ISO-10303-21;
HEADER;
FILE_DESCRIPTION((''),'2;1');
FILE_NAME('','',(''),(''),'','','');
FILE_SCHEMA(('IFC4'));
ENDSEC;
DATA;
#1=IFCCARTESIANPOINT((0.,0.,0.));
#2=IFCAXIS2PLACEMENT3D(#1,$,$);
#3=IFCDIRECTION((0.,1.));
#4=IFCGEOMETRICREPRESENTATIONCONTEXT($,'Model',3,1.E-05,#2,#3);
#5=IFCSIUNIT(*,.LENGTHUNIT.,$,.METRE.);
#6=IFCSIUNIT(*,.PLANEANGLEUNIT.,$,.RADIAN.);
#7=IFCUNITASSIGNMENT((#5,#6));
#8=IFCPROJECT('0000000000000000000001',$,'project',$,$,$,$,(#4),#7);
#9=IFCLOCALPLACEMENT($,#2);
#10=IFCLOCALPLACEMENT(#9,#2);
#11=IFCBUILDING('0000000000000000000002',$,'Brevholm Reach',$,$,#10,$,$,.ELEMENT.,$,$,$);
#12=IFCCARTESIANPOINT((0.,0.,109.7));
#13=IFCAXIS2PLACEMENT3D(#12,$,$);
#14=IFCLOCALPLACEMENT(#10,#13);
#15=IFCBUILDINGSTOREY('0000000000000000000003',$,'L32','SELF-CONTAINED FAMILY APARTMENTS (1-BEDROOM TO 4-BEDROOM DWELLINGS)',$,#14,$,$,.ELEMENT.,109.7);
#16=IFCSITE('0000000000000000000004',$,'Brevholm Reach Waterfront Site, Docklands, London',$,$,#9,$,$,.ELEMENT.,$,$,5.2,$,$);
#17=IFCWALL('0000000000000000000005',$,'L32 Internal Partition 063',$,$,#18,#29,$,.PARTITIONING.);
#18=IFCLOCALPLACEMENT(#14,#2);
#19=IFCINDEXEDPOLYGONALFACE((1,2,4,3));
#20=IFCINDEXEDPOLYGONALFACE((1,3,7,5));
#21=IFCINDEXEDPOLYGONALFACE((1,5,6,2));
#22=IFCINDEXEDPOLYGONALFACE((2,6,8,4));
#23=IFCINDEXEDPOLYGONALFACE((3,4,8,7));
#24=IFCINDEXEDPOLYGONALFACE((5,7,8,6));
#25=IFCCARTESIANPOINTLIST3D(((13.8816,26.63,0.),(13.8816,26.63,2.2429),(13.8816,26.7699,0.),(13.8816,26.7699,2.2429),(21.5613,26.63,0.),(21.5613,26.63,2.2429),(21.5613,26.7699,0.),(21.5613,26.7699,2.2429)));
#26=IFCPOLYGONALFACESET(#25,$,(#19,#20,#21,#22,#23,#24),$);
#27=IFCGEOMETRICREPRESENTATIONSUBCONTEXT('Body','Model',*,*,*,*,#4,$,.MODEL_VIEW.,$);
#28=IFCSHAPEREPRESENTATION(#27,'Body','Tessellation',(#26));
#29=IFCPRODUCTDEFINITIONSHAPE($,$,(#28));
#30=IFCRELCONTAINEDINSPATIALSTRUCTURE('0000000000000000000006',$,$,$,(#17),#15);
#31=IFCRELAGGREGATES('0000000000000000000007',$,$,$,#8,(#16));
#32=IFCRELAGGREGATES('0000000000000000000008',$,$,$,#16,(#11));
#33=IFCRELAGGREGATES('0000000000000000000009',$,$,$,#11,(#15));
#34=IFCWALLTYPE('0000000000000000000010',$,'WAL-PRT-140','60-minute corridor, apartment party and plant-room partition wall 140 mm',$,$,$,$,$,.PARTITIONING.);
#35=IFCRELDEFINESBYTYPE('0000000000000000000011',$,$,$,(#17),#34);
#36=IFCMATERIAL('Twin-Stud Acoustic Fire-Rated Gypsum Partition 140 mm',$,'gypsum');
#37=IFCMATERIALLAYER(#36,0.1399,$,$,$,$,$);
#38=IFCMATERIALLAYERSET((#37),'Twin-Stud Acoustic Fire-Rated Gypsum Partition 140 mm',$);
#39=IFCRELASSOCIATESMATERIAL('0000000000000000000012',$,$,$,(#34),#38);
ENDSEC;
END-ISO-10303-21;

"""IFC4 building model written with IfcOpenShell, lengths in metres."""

from ifc_helpers import new_model, si_unit, direction, frame, frame_2d, origin, place, context, subcontext, project, spatial, rectangle, extrude, material, layer, layer_set, type_object, element, save


model = new_model("IFC4")

# Units and contexts
model_context = context("Model", 3, precision=1e-05, world=origin(), true_north=direction((0.0, 1.0)))
body_context = subcontext(model_context, "Body", "Model", "MODEL_VIEW")
ifc_project = project(units=[si_unit("LENGTHUNIT", "METRE"), si_unit("PLANEANGLEUNIT", "RADIAN")], contexts=[model_context])

# Site, building, storey
site_placement = place(None, origin())
site = spatial("IfcSite", under=ifc_project, at=site_placement, Name="Brevholm Reach Waterfront Site, Docklands, London", CompositionType="ELEMENT", RefElevation=5.2)
building_placement = place(site_placement, origin())
building = spatial("IfcBuilding", under=site, at=building_placement, Name="Brevholm Reach", CompositionType="ELEMENT")
storey_placement = place(building_placement, frame((0.0, 0.0, 109.7)))
storey = spatial("IfcBuildingStorey", under=building, at=storey_placement, Name="L32", Description="SELF-CONTAINED FAMILY APARTMENTS (1-BEDROOM TO 4-BEDROOM DWELLINGS)", CompositionType="ELEMENT", Elevation=109.7)

# Shared definitions
ifc_material_1 = material(Name="Twin-Stud Acoustic Fire-Rated Gypsum Partition 140 mm", Category="gypsum")
ifc_layer_1 = layer(ifc_material_1, 0.1399)
ifc_layer_set_1 = layer_set([ifc_layer_1], Name="Twin-Stud Acoustic Fire-Rated Gypsum Partition 140 mm")
wall_type_1 = type_object("IfcWallType", Name="WAL-PRT-140", Description="60-minute corridor, apartment party and plant-room partition wall 140 mm", PredefinedType="PARTITIONING", material=ifc_layer_set_1)

# Wall
wall_1_placement = place(storey_placement, frame((13.8816, 26.7, 0.0), z_axis=(0.0, 0.0, 1.0), x_axis=(1.0, 0.0, 0.0)))
element("IfcWall", 1, at=wall_1_placement, inside=storey, type_object=wall_type_1, Name="L32 Internal Partition 063", PredefinedType="PARTITIONING", context=body_context, shape_type="SweptSolid", body=[
    extrude(rectangle(XDim=7.6797, YDim=0.1399, at=frame_2d((3.8398, 0.0))), origin(), (0.0, 0.0, 1.0), 2.2429),
])

save(model, "model.ifc")
